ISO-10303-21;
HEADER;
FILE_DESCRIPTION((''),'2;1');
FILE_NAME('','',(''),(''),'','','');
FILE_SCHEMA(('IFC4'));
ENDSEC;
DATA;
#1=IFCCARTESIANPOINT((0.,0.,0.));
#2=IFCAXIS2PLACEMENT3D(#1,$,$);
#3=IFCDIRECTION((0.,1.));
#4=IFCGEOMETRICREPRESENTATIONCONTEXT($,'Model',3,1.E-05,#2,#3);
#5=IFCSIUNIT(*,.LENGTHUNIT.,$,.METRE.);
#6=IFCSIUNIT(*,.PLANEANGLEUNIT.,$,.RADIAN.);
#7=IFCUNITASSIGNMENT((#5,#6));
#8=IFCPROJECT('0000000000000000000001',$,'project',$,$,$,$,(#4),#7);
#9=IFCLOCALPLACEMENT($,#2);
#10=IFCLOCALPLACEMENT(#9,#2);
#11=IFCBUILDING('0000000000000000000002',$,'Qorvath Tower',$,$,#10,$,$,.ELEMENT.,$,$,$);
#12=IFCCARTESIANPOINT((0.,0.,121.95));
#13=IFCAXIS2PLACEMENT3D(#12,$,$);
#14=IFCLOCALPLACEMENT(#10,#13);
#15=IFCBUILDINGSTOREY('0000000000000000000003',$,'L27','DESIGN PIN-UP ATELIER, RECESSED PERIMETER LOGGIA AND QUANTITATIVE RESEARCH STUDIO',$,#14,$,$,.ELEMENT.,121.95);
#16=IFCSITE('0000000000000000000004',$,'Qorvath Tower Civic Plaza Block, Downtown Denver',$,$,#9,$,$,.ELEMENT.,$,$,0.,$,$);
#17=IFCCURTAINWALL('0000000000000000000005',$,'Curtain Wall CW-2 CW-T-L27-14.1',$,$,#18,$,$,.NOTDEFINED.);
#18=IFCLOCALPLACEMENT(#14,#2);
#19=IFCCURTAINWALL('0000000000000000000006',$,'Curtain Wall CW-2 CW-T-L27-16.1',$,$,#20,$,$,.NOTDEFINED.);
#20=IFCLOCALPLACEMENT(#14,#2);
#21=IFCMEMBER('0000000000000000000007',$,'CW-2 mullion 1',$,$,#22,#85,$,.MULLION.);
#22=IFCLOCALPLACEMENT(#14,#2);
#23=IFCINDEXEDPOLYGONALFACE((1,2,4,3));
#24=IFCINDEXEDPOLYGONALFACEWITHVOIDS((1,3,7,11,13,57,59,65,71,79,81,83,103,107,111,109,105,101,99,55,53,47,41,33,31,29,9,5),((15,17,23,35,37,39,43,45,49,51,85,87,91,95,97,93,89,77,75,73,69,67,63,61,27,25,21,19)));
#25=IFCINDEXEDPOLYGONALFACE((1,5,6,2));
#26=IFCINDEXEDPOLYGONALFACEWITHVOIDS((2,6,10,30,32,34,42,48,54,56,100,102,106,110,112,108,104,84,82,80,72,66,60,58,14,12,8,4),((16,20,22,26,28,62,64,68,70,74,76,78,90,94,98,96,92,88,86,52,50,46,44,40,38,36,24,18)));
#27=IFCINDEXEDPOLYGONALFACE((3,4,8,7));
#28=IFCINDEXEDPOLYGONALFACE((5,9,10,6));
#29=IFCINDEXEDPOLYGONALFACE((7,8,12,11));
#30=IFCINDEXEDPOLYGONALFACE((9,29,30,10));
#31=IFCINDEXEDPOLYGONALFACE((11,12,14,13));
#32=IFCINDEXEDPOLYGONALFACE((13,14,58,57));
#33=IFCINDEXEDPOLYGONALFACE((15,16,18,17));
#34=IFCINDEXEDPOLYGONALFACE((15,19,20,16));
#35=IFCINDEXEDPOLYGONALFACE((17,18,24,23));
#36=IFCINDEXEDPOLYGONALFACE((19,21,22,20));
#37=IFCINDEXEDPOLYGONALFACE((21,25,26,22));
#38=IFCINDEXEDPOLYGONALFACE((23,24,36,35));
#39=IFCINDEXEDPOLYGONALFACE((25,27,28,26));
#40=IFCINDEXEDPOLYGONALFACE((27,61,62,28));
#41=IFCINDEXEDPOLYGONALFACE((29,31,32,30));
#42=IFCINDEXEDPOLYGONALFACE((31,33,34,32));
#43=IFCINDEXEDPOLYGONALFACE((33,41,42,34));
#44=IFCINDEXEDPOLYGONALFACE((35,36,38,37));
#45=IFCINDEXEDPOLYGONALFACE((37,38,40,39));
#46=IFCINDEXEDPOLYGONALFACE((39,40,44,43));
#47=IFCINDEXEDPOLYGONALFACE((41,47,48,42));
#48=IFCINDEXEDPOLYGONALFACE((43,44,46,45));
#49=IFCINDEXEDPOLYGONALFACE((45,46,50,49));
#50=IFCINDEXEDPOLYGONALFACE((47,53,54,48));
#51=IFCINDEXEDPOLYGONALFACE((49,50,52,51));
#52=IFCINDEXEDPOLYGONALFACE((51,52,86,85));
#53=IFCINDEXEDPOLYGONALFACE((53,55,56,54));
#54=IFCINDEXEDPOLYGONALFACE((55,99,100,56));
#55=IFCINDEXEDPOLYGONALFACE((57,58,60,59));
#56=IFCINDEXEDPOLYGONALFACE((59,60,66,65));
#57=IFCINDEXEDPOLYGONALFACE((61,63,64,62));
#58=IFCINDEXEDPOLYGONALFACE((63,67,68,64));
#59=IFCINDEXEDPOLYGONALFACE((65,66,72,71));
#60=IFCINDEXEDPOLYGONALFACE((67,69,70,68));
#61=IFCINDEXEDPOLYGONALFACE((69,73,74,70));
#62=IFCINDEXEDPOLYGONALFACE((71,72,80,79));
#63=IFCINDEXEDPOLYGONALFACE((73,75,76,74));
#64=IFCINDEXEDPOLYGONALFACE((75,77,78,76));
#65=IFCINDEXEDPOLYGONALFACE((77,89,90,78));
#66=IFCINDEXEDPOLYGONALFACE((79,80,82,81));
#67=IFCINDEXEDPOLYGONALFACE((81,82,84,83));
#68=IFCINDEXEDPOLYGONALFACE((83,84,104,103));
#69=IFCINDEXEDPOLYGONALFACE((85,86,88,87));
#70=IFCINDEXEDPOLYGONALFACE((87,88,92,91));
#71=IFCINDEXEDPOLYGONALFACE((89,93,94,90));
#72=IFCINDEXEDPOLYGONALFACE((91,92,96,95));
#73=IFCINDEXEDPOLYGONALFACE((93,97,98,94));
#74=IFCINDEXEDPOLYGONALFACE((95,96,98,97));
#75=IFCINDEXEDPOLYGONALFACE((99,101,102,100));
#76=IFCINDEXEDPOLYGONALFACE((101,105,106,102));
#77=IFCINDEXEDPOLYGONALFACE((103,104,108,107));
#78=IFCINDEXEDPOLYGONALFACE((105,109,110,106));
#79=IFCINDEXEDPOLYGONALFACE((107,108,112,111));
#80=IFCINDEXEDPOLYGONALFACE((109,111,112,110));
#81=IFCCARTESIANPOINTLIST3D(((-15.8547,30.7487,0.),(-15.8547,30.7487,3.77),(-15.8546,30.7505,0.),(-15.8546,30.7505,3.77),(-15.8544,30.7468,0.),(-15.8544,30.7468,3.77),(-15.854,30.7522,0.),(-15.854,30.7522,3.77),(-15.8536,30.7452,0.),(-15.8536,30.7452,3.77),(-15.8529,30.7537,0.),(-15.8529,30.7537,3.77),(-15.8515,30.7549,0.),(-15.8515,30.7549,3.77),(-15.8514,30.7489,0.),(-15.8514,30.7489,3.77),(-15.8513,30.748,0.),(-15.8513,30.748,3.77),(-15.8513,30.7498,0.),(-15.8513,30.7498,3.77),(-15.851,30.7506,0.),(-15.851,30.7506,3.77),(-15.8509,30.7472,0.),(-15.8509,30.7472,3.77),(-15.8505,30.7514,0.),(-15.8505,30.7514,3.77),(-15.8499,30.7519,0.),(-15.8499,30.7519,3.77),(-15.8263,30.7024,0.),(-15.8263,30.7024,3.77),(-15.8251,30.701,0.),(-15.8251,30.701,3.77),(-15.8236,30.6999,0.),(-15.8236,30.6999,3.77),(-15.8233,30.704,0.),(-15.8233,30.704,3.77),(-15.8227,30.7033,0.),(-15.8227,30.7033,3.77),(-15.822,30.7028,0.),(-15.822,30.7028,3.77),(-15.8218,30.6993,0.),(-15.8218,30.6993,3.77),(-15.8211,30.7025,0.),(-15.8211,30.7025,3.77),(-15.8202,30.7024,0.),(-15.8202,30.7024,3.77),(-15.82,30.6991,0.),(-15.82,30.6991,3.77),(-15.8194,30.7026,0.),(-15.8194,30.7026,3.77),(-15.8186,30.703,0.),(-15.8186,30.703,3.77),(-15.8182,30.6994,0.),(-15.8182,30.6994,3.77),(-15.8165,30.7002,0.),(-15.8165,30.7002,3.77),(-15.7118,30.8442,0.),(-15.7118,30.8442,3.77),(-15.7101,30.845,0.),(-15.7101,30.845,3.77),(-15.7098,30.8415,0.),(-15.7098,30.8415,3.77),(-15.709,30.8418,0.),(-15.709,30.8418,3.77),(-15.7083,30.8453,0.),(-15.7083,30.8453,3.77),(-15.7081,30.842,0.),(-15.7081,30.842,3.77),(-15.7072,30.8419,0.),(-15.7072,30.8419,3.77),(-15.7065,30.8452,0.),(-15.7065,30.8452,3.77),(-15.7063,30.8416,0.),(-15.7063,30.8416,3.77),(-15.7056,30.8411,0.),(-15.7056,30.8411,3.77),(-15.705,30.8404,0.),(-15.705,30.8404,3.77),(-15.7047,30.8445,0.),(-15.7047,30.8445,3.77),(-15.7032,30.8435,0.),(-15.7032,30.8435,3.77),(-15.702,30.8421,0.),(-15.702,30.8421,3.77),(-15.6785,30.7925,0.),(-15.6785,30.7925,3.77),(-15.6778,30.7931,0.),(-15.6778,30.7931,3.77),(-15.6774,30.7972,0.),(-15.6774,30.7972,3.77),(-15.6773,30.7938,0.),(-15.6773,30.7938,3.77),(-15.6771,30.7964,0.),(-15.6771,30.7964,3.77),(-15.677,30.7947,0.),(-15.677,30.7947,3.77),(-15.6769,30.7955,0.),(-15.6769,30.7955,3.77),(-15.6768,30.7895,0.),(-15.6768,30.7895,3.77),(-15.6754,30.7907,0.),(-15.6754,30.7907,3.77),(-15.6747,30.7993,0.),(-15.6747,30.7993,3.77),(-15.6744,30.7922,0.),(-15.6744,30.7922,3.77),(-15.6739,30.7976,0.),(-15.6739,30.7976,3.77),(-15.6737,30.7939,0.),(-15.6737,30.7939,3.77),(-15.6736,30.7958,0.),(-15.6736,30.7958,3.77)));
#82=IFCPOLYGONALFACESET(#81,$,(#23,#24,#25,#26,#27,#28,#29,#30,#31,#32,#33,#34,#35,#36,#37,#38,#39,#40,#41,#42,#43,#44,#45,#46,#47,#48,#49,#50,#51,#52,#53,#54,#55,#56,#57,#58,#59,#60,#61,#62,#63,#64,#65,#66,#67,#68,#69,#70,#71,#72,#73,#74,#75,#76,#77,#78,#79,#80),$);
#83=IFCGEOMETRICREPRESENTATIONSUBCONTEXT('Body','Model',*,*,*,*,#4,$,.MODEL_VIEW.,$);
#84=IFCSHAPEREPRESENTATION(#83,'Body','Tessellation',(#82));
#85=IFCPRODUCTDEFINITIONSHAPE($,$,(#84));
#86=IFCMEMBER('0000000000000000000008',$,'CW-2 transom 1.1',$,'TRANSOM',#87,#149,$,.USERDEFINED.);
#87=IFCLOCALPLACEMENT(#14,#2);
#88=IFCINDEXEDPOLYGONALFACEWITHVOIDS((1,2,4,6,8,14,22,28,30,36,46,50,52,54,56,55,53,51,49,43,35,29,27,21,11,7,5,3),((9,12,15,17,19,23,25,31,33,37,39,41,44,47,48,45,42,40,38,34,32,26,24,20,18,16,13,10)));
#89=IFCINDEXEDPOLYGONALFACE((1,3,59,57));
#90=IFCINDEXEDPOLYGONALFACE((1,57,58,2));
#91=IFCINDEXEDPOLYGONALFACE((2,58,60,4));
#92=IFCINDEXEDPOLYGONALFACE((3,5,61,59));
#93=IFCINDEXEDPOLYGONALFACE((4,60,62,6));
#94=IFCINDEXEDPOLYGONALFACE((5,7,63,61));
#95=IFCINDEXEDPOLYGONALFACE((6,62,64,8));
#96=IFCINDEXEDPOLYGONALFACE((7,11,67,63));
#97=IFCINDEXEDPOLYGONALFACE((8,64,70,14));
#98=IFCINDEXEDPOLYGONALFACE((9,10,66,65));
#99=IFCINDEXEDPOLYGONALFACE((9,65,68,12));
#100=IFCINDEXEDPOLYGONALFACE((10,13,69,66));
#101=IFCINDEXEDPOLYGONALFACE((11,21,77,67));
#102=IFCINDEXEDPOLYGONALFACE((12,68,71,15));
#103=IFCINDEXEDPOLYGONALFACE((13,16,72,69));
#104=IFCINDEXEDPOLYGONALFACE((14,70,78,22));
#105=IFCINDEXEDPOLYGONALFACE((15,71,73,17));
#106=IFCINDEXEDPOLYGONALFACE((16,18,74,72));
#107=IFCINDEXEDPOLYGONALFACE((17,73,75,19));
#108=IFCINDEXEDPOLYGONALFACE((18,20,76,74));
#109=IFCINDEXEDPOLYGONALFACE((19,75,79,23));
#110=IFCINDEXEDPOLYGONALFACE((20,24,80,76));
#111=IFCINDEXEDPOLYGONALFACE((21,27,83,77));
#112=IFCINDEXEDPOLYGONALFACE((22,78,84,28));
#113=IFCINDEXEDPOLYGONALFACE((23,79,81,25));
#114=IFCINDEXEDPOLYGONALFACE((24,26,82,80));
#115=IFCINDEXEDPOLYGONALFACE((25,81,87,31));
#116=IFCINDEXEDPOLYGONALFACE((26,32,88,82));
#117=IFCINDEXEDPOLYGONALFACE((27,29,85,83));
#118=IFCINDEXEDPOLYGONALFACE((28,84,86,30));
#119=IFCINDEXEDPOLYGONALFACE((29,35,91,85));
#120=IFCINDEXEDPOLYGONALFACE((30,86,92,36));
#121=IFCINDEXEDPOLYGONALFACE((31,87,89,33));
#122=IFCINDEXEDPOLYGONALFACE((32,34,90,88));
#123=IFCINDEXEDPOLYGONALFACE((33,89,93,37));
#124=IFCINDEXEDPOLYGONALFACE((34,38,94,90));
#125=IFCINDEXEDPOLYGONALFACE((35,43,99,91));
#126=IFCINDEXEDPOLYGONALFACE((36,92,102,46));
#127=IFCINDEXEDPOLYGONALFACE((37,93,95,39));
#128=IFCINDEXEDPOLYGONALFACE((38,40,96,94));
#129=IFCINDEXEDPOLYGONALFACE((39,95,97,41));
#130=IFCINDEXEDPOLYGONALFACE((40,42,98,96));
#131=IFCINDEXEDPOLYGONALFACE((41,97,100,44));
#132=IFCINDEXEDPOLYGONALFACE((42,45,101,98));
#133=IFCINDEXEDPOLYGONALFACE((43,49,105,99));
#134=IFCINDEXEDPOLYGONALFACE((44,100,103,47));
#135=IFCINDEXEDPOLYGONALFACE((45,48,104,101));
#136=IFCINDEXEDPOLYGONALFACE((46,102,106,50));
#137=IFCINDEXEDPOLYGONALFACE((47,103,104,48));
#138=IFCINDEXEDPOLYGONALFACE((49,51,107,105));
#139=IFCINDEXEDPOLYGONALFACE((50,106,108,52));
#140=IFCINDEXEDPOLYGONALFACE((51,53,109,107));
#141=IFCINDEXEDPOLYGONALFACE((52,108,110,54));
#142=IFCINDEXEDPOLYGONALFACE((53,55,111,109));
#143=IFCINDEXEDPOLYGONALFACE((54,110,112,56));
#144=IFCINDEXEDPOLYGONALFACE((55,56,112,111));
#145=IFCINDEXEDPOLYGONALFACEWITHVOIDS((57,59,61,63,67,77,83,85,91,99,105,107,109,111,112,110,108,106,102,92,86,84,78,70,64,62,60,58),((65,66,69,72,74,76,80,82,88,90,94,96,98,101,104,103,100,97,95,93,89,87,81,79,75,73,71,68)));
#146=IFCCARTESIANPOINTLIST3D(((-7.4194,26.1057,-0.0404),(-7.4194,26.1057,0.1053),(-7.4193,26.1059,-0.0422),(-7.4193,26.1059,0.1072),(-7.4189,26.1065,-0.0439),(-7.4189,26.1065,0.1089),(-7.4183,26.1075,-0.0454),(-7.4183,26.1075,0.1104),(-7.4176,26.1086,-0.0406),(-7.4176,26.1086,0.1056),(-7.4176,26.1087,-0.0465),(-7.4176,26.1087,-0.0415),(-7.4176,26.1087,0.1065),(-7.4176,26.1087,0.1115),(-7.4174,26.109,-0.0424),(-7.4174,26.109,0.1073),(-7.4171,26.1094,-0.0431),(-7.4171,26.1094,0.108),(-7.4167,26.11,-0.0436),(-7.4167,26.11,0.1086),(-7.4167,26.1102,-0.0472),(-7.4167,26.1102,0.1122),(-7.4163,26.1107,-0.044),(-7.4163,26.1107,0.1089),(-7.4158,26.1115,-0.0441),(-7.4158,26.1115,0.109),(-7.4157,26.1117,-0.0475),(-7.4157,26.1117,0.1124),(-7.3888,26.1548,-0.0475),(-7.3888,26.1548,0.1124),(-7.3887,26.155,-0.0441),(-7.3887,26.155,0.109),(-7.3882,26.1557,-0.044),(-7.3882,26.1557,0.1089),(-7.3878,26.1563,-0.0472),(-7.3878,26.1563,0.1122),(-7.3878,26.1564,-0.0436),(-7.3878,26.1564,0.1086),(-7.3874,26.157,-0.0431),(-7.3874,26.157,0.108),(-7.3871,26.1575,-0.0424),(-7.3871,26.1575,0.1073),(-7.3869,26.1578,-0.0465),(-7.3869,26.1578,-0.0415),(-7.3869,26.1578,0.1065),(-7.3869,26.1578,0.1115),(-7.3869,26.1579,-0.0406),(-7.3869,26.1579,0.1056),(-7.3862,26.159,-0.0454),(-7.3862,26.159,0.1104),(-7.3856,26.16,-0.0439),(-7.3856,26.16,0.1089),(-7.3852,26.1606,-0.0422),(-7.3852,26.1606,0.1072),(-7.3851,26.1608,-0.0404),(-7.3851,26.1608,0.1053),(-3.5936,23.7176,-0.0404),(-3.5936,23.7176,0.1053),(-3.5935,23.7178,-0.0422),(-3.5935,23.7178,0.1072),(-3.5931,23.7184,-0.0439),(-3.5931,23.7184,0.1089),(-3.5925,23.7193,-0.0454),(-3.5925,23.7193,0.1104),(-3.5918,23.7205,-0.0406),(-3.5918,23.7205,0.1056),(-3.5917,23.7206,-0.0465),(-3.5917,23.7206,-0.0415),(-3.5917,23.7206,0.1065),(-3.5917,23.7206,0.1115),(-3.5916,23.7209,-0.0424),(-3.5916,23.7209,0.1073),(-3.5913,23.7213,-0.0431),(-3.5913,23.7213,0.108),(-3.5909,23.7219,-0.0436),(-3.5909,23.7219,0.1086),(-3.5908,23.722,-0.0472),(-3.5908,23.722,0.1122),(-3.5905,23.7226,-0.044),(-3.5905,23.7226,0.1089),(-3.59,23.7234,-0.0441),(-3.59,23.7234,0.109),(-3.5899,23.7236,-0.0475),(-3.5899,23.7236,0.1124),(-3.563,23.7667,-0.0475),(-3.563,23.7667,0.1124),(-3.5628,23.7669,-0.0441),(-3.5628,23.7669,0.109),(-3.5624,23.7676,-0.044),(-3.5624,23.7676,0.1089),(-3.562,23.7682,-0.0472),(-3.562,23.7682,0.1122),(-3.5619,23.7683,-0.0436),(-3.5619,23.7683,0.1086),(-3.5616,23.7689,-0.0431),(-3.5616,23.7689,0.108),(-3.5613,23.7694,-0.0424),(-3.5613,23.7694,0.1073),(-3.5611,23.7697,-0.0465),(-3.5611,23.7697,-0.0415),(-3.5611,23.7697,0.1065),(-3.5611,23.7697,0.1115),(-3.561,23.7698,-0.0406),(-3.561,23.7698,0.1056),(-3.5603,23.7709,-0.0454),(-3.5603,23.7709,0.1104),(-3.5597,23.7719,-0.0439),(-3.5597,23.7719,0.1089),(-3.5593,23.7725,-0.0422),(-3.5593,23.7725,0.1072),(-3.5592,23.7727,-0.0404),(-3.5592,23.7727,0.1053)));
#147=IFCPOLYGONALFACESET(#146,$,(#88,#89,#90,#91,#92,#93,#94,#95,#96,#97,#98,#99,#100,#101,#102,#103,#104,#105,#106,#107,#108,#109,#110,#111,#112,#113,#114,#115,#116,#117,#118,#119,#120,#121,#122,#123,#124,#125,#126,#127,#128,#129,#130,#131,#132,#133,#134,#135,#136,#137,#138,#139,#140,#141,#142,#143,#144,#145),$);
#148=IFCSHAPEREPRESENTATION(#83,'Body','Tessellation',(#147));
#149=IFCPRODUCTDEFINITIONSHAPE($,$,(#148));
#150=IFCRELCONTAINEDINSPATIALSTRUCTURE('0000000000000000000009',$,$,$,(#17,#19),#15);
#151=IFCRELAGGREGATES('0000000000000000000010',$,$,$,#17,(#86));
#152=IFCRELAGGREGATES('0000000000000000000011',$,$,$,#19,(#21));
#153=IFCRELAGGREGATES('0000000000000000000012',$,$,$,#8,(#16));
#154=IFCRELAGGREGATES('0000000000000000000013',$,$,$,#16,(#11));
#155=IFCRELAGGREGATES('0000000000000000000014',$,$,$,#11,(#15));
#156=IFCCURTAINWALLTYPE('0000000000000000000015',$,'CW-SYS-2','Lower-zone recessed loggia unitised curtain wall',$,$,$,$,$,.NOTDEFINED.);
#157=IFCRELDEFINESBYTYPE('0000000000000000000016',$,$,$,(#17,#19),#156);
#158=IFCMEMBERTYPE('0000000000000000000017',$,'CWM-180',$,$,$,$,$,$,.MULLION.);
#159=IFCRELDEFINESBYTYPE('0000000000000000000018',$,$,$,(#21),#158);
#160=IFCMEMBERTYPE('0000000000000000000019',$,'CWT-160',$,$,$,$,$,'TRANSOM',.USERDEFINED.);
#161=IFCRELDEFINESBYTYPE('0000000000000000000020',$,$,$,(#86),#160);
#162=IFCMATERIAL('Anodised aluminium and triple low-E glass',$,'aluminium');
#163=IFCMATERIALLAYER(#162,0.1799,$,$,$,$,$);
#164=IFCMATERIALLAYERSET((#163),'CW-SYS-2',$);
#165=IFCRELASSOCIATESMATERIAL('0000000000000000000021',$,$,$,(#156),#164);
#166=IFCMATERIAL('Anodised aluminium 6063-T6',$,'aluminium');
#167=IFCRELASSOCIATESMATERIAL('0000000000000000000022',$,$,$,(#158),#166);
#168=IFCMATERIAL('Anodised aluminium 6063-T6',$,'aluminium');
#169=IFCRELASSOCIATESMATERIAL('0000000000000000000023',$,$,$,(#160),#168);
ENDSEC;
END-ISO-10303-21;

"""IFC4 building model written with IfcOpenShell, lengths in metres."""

from ifc_helpers import new_model, si_unit, direction, frame, origin, origin_2d, place, context, subcontext, project, spatial, hollow_rectangle, extrude, material, layer, layer_set, material_profile, profile_set, type_object, element, aggregate, save


model = new_model("IFC4")

# Units and contexts
model_context = context("Model", 3, precision=1e-05, world=origin(), true_north=direction((0.0, 1.0)))
body_context = subcontext(model_context, "Body", "Model", "MODEL_VIEW")
ifc_project = project(units=[si_unit("LENGTHUNIT", "METRE"), si_unit("PLANEANGLEUNIT", "RADIAN")], contexts=[model_context])

# Site, building, storey
site_placement = place(None, origin())
site = spatial("IfcSite", under=ifc_project, at=site_placement, Name="Qorvath Tower Civic Plaza Block, Downtown Denver", CompositionType="ELEMENT", RefElevation=0.0)
building_placement = place(site_placement, origin())
building = spatial("IfcBuilding", under=site, at=building_placement, Name="Qorvath Tower", CompositionType="ELEMENT")
storey_placement = place(building_placement, frame((0.0, 0.0, 121.95)))
storey = spatial("IfcBuildingStorey", under=building, at=storey_placement, Name="L27", Description="DESIGN PIN-UP ATELIER, RECESSED PERIMETER LOGGIA AND QUANTITATIVE RESEARCH STUDIO", CompositionType="ELEMENT", Elevation=121.95)

# Shared definitions
ifc_material_1 = material(Name="Anodised aluminium and triple low-E glass", Category="aluminium")
ifc_layer_1 = layer(ifc_material_1, 0.1799)
ifc_layer_set_1 = layer_set([ifc_layer_1], Name="CW-SYS-2")
curtain_wall_type = type_object("IfcCurtainWallType", Name="CW-SYS-2", Description="Lower-zone recessed loggia unitised curtain wall", PredefinedType="NOTDEFINED", material=ifc_layer_set_1)
ifc_material_2 = material(Name="Anodised aluminium 6063-T6", Category="aluminium")
ifc_material_profile_1 = material_profile(ifc_material_2, hollow_rectangle(XDim=0.0649, YDim=0.1799, WallThickness=0.0034, InnerFilletRadius=0.0034, OuterFilletRadius=0.0071, at=origin_2d()), Name="CWM 180x65")
ifc_profile_set_1 = profile_set([ifc_material_profile_1], Name="Anodised aluminium 6063-T6")
member_type_1 = type_object("IfcMemberType", Name="CWM-180", PredefinedType="MULLION", material=ifc_profile_set_1)

# Curtain wall
curtain_wall_1_placement = place(storey_placement, origin())
curtain_wall_1 = element("IfcCurtainWall", 1, at=curtain_wall_1_placement, inside=storey, type_object=curtain_wall_type, Name="Curtain Wall CW-2 CW-T-L27-14.1", PredefinedType="NOTDEFINED")

# Curtain wall, member
curtain_wall_2_placement = place(storey_placement, origin())
curtain_wall_2 = element("IfcCurtainWall", 2, at=curtain_wall_2_placement, inside=storey, type_object=curtain_wall_type, Name="Curtain Wall CW-2 CW-T-L27-16.1", PredefinedType="NOTDEFINED")
member_1_placement = place(storey_placement, frame((-15.7642, 30.7722, 0.0), z_axis=(0.0, 0.0, 1.0), x_axis=(0.538548, -0.842595, 0.0)))
member_1 = element("IfcMember", 3, at=member_1_placement, type_object=member_type_1, Name="CW-2 mullion 1", PredefinedType="MULLION", context=body_context, shape_type="SweptSolid", body=[
    extrude(hollow_rectangle(XDim=0.0649, YDim=0.1799, WallThickness=0.0034, InnerFilletRadius=0.0034, OuterFilletRadius=0.0071, at=origin_2d()), origin(), (0.0, 0.0, 1.0), 3.77),
])

# Member
ifc_material_3 = material(Name="Anodised aluminium 6063-T6", Category="aluminium")
ifc_material_profile_2 = material_profile(ifc_material_3, hollow_rectangle(XDim=0.0649, YDim=0.1599, WallThickness=0.0034, InnerFilletRadius=0.0034, OuterFilletRadius=0.0071, at=origin_2d()), Name="CWT 160x65")
ifc_profile_set_2 = profile_set([ifc_material_profile_2], Name="Anodised aluminium 6063-T6")
member_type_2 = type_object("IfcMemberType", Name="CWT-160", ElementType="TRANSOM", PredefinedType="USERDEFINED", material=ifc_profile_set_2)
member_2_placement = place(storey_placement, frame((-3.5764, 23.7451, 0.0325), z_axis=(-0.848299, 0.529517, 0.0), x_axis=(-0.529517, -0.848299, 0.0)))
member_2 = element("IfcMember", 4, at=member_2_placement, type_object=member_type_2, Name="CW-2 transom 1.1", ObjectType="TRANSOM", PredefinedType="USERDEFINED", context=body_context, shape_type="SweptSolid", body=[
    extrude(hollow_rectangle(XDim=0.0649, YDim=0.1599, WallThickness=0.0034, InnerFilletRadius=0.0034, OuterFilletRadius=0.0071, at=origin_2d()), origin(), (0.0, 0.0, 1.0), 4.51),
])

aggregate(curtain_wall_1, [member_2])
aggregate(curtain_wall_2, [member_1])

save(model, "model.ifc")
